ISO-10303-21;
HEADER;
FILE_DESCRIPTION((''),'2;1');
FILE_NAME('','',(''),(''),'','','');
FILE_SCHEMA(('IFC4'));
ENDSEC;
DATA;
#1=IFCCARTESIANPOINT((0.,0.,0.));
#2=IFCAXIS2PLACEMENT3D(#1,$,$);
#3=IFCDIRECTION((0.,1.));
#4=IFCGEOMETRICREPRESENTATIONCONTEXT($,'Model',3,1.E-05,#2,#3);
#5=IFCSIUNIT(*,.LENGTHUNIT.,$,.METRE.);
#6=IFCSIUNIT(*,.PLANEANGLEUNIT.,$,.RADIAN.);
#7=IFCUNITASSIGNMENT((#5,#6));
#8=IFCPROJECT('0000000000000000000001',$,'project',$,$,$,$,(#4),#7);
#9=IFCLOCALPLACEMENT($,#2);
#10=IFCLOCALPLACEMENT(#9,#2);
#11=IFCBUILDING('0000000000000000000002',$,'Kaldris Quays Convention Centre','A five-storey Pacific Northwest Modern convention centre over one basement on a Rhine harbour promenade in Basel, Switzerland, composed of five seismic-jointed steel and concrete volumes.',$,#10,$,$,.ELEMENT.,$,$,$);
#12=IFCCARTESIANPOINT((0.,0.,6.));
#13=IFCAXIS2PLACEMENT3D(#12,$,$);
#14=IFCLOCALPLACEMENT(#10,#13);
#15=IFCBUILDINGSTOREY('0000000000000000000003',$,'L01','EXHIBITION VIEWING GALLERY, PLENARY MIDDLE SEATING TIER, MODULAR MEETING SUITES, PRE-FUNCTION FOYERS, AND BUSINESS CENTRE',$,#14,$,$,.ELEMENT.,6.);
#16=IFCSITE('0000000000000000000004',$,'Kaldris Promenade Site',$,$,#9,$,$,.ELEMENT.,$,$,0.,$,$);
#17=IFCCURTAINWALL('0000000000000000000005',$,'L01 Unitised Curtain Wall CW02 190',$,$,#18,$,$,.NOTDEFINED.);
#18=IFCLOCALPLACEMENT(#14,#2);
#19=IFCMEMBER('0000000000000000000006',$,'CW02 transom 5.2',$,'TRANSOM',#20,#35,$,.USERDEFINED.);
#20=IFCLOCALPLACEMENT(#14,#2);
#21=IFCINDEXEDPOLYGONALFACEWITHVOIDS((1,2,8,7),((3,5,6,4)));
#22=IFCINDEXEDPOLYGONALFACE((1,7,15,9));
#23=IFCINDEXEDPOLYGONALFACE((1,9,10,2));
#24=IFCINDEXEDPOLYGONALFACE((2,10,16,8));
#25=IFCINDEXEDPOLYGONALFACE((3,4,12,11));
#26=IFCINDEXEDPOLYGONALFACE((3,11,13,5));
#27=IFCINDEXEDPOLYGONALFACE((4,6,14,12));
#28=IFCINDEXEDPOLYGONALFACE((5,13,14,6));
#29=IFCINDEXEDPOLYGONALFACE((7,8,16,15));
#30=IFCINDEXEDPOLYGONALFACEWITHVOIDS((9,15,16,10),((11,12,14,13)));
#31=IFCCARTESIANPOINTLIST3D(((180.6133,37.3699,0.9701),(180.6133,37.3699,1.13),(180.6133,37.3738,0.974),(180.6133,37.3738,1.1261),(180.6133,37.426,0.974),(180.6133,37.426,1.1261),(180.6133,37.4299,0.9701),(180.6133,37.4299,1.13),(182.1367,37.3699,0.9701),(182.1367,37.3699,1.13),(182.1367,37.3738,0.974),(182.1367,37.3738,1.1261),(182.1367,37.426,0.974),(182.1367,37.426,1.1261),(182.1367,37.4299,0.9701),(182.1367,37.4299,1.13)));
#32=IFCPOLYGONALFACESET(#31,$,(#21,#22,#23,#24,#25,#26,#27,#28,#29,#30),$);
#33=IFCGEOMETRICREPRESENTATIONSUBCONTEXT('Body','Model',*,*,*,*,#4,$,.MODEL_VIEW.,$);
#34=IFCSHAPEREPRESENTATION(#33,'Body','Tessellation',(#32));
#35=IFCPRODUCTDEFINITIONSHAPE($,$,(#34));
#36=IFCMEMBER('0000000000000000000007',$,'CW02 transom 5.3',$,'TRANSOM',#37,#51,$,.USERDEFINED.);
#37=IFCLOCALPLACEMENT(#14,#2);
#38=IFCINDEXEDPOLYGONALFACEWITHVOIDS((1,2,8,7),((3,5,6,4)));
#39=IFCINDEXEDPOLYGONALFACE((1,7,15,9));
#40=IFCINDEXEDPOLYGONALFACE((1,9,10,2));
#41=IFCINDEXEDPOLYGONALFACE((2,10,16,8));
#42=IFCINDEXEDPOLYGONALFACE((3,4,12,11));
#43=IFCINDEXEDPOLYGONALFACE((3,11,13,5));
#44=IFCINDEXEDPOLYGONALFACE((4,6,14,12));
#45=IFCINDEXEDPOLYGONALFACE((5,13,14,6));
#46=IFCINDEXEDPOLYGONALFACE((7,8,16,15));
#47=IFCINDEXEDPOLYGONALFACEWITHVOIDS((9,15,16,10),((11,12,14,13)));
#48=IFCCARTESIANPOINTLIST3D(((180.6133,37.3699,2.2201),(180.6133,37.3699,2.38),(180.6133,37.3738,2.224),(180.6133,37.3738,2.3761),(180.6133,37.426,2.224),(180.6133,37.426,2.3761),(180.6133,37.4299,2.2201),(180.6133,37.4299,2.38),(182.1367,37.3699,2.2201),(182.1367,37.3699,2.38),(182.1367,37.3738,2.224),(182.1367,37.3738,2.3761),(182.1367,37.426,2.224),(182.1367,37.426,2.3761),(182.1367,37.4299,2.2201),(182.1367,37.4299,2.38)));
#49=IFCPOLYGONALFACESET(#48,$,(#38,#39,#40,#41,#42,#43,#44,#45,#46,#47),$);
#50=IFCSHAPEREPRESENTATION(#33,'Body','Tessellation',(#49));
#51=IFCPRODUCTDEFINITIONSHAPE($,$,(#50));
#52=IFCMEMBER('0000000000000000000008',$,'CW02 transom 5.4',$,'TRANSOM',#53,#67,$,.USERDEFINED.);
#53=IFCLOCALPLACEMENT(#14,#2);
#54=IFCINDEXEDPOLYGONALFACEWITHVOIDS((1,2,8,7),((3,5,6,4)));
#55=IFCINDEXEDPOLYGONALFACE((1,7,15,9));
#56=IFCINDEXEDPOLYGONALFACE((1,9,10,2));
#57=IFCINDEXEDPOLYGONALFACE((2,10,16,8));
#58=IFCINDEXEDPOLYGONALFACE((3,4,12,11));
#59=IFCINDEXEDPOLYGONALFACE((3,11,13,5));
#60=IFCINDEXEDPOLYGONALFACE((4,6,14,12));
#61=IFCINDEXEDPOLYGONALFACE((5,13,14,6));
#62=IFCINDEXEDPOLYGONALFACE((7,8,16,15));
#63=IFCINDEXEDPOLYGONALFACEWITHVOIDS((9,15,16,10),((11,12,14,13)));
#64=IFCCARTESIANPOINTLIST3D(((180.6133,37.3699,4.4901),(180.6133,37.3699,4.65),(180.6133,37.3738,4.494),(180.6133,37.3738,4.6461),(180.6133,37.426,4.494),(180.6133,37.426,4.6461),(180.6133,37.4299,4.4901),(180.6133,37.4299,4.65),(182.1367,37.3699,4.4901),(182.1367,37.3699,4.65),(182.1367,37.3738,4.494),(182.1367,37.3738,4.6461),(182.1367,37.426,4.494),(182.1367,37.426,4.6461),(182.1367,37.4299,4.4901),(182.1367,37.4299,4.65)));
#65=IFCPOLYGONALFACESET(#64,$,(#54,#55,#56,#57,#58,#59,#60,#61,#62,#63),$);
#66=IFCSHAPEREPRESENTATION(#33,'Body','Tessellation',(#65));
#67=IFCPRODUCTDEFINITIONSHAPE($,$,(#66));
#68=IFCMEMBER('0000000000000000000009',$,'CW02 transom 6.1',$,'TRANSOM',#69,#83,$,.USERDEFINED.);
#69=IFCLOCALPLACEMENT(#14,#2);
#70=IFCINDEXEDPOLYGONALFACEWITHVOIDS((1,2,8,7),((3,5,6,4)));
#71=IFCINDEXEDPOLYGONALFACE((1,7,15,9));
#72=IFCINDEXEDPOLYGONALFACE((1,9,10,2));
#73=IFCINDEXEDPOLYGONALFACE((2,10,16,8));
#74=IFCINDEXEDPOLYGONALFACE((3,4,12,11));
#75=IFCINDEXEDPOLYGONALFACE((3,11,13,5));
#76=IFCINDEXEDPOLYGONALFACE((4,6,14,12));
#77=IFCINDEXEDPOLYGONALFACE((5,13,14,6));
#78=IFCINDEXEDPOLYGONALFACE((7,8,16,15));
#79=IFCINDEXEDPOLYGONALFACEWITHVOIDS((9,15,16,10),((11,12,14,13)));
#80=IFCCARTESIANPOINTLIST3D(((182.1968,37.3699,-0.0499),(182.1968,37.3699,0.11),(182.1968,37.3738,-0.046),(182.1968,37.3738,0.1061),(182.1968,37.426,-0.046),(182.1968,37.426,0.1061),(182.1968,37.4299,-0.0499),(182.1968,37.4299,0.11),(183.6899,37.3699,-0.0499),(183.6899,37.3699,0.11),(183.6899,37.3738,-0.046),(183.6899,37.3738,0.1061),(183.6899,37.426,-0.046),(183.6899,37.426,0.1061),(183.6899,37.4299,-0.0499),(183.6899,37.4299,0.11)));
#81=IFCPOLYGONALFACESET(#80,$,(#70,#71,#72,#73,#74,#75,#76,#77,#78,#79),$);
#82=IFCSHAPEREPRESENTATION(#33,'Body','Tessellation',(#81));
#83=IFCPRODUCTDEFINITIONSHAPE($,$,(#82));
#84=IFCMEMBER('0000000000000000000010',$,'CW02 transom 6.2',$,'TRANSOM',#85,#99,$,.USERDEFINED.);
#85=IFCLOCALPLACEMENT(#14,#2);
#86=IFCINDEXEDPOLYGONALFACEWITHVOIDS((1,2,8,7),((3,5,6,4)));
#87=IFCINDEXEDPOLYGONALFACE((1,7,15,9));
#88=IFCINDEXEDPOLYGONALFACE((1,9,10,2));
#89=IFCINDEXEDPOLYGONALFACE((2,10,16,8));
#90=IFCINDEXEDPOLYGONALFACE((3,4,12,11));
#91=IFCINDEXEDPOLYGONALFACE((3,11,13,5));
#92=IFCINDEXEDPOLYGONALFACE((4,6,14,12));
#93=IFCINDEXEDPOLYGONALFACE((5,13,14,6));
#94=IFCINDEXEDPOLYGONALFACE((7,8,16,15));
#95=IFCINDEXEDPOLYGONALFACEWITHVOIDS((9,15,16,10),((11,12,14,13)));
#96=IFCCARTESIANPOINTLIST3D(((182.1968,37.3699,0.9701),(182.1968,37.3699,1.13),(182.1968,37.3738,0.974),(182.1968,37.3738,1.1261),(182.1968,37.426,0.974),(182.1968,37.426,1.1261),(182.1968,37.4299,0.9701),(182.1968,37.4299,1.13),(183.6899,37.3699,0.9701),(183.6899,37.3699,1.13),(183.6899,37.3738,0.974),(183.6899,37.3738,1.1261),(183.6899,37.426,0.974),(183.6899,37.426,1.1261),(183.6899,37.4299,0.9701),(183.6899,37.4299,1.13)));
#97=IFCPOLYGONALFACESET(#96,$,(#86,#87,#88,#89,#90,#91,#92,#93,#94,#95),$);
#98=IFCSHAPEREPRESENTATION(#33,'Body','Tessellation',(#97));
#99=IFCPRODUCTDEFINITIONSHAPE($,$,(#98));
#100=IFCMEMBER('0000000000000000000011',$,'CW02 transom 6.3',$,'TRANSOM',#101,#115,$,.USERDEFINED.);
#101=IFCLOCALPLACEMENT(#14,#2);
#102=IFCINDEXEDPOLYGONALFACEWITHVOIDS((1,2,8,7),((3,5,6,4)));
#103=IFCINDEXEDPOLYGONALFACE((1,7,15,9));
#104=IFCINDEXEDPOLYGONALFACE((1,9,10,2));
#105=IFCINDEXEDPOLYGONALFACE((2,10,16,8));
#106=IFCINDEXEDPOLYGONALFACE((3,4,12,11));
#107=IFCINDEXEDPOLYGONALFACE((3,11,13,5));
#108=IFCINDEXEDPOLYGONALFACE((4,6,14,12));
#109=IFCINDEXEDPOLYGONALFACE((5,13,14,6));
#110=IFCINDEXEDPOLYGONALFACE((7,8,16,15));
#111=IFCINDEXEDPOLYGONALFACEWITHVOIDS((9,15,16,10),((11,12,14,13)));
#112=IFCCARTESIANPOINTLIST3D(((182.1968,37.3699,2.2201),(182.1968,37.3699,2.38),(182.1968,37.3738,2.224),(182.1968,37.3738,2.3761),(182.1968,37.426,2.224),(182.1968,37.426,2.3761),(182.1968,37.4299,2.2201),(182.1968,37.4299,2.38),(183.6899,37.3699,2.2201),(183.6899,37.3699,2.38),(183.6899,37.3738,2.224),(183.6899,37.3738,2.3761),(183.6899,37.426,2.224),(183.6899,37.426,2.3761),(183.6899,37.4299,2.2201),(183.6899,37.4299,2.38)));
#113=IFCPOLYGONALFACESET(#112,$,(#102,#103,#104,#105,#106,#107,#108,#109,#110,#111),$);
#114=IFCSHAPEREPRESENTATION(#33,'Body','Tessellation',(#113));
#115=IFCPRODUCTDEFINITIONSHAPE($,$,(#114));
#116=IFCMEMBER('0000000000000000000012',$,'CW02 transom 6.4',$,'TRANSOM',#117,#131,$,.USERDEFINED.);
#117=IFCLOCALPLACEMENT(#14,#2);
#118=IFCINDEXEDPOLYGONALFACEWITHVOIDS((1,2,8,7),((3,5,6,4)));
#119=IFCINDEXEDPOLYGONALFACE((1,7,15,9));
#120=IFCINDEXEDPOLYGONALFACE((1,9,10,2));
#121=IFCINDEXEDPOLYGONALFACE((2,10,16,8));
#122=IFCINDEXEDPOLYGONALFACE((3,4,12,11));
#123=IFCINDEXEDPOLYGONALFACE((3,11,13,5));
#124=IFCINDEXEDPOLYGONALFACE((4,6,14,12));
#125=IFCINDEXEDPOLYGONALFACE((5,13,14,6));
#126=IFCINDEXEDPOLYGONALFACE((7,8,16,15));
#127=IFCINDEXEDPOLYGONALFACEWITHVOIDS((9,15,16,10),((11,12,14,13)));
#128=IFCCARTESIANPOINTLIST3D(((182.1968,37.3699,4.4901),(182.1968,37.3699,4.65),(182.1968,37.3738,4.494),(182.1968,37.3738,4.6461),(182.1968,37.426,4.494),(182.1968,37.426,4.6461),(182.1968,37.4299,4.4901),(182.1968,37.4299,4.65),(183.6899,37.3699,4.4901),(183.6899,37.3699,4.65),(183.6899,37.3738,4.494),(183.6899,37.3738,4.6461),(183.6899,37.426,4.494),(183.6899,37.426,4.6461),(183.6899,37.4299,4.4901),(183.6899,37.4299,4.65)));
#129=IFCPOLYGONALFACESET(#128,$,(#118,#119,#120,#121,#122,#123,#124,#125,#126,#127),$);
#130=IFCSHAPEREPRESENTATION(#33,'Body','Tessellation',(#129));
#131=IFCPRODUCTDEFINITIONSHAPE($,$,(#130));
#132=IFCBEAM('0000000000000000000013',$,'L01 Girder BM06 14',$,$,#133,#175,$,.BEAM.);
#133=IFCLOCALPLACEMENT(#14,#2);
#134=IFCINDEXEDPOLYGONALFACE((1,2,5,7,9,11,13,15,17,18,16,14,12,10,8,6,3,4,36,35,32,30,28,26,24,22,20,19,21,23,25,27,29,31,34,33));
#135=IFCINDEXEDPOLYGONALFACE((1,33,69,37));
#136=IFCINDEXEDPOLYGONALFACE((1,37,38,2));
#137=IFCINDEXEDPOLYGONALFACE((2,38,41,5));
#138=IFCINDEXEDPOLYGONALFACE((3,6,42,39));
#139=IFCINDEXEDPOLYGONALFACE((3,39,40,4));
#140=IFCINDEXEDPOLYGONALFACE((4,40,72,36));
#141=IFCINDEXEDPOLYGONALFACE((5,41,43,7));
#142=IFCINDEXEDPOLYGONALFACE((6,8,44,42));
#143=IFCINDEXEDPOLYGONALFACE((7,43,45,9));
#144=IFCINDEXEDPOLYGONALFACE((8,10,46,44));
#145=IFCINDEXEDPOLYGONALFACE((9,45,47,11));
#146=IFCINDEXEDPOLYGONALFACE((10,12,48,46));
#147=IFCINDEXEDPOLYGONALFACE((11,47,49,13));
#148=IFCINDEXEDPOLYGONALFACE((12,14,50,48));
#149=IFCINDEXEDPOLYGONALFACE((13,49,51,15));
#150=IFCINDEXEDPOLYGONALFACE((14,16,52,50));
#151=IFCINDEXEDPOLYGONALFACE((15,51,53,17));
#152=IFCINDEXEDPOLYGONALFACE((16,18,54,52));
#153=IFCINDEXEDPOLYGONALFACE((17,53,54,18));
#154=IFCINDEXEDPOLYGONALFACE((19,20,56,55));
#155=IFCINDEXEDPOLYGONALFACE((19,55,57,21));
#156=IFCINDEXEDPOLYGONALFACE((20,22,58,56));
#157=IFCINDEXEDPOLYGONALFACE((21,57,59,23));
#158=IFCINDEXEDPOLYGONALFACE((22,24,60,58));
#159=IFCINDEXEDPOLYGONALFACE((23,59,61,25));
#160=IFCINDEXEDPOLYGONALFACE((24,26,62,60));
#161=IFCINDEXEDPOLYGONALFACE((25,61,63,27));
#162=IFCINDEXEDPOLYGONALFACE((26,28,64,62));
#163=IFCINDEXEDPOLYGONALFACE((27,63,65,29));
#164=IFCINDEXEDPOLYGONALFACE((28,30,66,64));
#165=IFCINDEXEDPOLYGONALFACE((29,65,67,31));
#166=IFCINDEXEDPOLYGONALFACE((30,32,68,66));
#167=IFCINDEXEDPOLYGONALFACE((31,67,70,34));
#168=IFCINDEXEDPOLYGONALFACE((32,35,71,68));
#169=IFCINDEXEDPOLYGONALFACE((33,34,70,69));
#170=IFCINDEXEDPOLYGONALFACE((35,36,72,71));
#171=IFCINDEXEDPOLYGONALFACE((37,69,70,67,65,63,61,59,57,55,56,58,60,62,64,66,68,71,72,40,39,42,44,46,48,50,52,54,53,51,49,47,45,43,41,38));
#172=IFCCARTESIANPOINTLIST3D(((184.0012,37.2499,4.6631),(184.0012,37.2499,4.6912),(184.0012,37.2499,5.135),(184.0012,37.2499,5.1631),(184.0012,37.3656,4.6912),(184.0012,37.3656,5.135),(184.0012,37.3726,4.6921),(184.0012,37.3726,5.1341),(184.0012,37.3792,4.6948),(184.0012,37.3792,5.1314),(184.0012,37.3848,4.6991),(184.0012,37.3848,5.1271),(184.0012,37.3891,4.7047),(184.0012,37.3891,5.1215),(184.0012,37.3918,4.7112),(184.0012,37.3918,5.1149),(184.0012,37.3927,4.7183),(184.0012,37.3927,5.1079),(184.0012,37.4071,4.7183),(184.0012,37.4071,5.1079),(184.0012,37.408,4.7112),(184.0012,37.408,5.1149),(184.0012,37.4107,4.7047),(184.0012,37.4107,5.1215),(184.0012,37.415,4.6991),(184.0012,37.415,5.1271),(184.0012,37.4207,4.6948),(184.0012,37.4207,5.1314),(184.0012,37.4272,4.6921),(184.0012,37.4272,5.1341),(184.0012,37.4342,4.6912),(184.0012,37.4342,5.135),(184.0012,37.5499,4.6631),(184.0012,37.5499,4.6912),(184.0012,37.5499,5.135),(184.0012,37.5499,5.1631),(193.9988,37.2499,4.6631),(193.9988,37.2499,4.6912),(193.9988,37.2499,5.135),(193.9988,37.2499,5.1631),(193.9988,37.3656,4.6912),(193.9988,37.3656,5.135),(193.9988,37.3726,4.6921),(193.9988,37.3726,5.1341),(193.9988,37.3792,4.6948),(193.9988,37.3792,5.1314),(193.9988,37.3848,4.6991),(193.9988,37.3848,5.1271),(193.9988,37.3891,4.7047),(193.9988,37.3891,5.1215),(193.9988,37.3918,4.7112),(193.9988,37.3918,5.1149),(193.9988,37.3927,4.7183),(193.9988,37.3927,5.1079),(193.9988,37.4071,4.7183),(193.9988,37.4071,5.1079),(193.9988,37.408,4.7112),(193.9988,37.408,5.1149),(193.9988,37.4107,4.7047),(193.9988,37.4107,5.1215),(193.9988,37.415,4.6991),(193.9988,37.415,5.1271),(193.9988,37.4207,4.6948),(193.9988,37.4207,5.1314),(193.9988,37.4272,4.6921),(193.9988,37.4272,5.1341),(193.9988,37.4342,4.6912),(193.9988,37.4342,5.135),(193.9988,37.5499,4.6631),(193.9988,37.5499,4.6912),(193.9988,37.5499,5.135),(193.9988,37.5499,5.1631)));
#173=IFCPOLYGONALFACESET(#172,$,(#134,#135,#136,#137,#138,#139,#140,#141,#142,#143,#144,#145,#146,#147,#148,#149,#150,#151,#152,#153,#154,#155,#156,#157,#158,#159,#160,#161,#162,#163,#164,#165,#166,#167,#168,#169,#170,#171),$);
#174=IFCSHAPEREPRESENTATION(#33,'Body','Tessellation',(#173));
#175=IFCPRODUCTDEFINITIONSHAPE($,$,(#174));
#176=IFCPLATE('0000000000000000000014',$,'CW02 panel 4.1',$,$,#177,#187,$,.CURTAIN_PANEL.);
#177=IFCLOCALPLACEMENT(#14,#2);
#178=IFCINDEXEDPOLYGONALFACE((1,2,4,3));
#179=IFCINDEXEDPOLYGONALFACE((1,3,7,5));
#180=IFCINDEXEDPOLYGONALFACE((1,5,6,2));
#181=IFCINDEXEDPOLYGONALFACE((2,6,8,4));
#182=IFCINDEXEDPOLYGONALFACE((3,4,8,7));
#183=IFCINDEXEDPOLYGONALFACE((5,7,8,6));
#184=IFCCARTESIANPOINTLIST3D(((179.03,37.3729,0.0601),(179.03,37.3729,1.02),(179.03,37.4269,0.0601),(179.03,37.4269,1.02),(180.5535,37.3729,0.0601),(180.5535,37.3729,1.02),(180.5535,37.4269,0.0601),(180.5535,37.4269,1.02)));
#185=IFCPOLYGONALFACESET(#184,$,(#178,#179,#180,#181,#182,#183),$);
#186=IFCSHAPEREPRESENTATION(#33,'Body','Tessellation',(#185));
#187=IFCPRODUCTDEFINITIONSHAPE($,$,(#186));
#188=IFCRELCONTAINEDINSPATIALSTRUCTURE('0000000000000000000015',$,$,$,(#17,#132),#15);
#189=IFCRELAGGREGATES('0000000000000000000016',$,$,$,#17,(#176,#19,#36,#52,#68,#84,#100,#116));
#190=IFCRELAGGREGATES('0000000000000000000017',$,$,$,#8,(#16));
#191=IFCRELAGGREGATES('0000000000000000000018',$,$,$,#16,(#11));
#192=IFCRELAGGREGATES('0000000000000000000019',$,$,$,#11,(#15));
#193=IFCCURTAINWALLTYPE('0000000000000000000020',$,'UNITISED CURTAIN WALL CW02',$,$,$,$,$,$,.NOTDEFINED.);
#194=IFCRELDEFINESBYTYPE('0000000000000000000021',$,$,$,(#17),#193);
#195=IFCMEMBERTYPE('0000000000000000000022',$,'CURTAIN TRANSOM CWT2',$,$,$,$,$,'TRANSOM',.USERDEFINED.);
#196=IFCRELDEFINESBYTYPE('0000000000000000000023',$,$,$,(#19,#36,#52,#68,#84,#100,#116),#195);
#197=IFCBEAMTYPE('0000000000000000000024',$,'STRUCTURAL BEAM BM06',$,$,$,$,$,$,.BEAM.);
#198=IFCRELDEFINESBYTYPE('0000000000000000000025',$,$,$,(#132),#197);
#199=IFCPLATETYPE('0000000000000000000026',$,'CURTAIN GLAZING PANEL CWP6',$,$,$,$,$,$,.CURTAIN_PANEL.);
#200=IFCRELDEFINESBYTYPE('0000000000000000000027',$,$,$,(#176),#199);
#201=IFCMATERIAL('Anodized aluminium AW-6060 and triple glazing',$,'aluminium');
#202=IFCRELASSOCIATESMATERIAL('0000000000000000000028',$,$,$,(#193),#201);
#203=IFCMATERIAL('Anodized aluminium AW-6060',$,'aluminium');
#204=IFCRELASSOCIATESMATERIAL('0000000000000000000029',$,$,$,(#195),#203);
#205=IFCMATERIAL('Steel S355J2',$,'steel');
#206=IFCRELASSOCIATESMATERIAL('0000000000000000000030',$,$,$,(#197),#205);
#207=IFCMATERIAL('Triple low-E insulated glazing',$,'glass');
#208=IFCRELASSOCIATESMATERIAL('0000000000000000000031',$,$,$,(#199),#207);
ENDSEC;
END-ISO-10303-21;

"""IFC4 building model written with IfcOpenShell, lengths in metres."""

from ifc_helpers import new_model, si_unit, direction, frame, origin, origin_2d, place, context, subcontext, project, spatial, rectangle, hollow_rectangle, i_section, extrude, material, material_profile, profile_set, type_object, element, aggregate, save


model = new_model("IFC4")

# Units and contexts
model_context = context("Model", 3, precision=1e-05, world=origin(), true_north=direction((0.0, 1.0)))
body_context = subcontext(model_context, "Body", "Model", "MODEL_VIEW")
ifc_project = project(units=[si_unit("LENGTHUNIT", "METRE"), si_unit("PLANEANGLEUNIT", "RADIAN")], contexts=[model_context])

# Site, building, storey
site_placement = place(None, origin())
site = spatial("IfcSite", under=ifc_project, at=site_placement, Name="Kaldris Promenade Site", CompositionType="ELEMENT", RefElevation=0.0)
building_placement = place(site_placement, origin())
building = spatial("IfcBuilding", under=site, at=building_placement, Name="Kaldris Quays Convention Centre", Description="A five-storey Pacific Northwest Modern convention centre over one basement on a Rhine harbour promenade in Basel, Switzerland, composed of five seismic-jointed steel and concrete volumes.", CompositionType="ELEMENT")
storey_placement = place(building_placement, frame((0.0, 0.0, 6.0)))
storey = spatial("IfcBuildingStorey", under=building, at=storey_placement, Name="L01", Description="EXHIBITION VIEWING GALLERY, PLENARY MIDDLE SEATING TIER, MODULAR MEETING SUITES, PRE-FUNCTION FOYERS, AND BUSINESS CENTRE", CompositionType="ELEMENT", Elevation=6.0)

# Shared definitions
ifc_material_1 = material(Name="Steel S355J2", Category="steel")

# Curtain wall
ifc_material_2 = material(Name="Anodized aluminium AW-6060 and triple glazing", Category="aluminium")
curtain_wall_type = type_object("IfcCurtainWallType", Name="UNITISED CURTAIN WALL CW02", PredefinedType="NOTDEFINED", material=ifc_material_2)
curtain_wall_1_placement = place(storey_placement, origin())
curtain_wall_1 = element("IfcCurtainWall", 1, at=curtain_wall_1_placement, inside=storey, type_object=curtain_wall_type, Name="L01 Unitised Curtain Wall CW02 190", PredefinedType="NOTDEFINED")
ifc_material_3 = material(Name="Anodized aluminium AW-6060", Category="aluminium")

# Members
ifc_material_profile_1 = material_profile(ifc_material_3, hollow_rectangle(XDim=0.0601, YDim=0.1599, WallThickness=0.0039, at=origin_2d()), Name="RHS 160x60x4")
ifc_profile_set_1 = profile_set([ifc_material_profile_1], Name="Anodized aluminium AW-6060")
member_type_1 = type_object("IfcMemberType", Name="CURTAIN TRANSOM CWT2", ElementType="TRANSOM", PredefinedType="USERDEFINED", material=ifc_profile_set_1)
member_1_placement = place(storey_placement, frame((180.6133, 37.3999, 1.05), z_axis=(1.0, 0.0, 0.0), x_axis=(0.0, 1.0, 0.0)))
member_1 = element("IfcMember", 2, at=member_1_placement, type_object=member_type_1, Name="CW02 transom 5.2", ObjectType="TRANSOM", PredefinedType="USERDEFINED", context=body_context, shape_type="SweptSolid", body=[
    extrude(hollow_rectangle(XDim=0.0601, YDim=0.1599, WallThickness=0.0039, at=origin_2d()), origin(), (0.0, 0.0, 1.0), 1.5234),
])
member_2_placement = place(storey_placement, frame((180.6133, 37.3999, 2.3), z_axis=(1.0, 0.0, 0.0), x_axis=(0.0, 1.0, 0.0)))
member_2 = element("IfcMember", 3, at=member_2_placement, type_object=member_type_1, Name="CW02 transom 5.3", ObjectType="TRANSOM", PredefinedType="USERDEFINED", context=body_context, shape_type="SweptSolid", body=[
    extrude(hollow_rectangle(XDim=0.0601, YDim=0.1599, WallThickness=0.0039, at=origin_2d()), origin(), (0.0, 0.0, 1.0), 1.5234),
])
member_3_placement = place(storey_placement, frame((180.6133, 37.3999, 4.5701), z_axis=(1.0, 0.0, 0.0), x_axis=(0.0, 1.0, 0.0)))
member_3 = element("IfcMember", 4, at=member_3_placement, type_object=member_type_1, Name="CW02 transom 5.4", ObjectType="TRANSOM", PredefinedType="USERDEFINED", context=body_context, shape_type="SweptSolid", body=[
    extrude(hollow_rectangle(XDim=0.0601, YDim=0.1599, WallThickness=0.0039, at=origin_2d()), origin(), (0.0, 0.0, 1.0), 1.5234),
])
member_4_placement = place(storey_placement, frame((182.1968, 37.3999, 0.03), z_axis=(1.0, 0.0, 0.0), x_axis=(0.0, 1.0, 0.0)))
member_4 = element("IfcMember", 5, at=member_4_placement, type_object=member_type_1, Name="CW02 transom 6.1", ObjectType="TRANSOM", PredefinedType="USERDEFINED", context=body_context, shape_type="SweptSolid", body=[
    extrude(hollow_rectangle(XDim=0.0601, YDim=0.1599, WallThickness=0.0039, at=origin_2d()), origin(), (0.0, 0.0, 1.0), 1.4932),
])
member_5_placement = place(storey_placement, frame((182.1968, 37.3999, 1.05), z_axis=(1.0, 0.0, 0.0), x_axis=(0.0, 1.0, 0.0)))
member_5 = element("IfcMember", 6, at=member_5_placement, type_object=member_type_1, Name="CW02 transom 6.2", ObjectType="TRANSOM", PredefinedType="USERDEFINED", context=body_context, shape_type="SweptSolid", body=[
    extrude(hollow_rectangle(XDim=0.0601, YDim=0.1599, WallThickness=0.0039, at=origin_2d()), origin(), (0.0, 0.0, 1.0), 1.4932),
])
member_6_placement = place(storey_placement, frame((182.1968, 37.3999, 2.3), z_axis=(1.0, 0.0, 0.0), x_axis=(0.0, 1.0, 0.0)))
member_6 = element("IfcMember", 7, at=member_6_placement, type_object=member_type_1, Name="CW02 transom 6.3", ObjectType="TRANSOM", PredefinedType="USERDEFINED", context=body_context, shape_type="SweptSolid", body=[
    extrude(hollow_rectangle(XDim=0.0601, YDim=0.1599, WallThickness=0.0039, at=origin_2d()), origin(), (0.0, 0.0, 1.0), 1.4932),
])
member_7_placement = place(storey_placement, frame((182.1968, 37.3999, 4.5701), z_axis=(1.0, 0.0, 0.0), x_axis=(0.0, 1.0, 0.0)))
member_7 = element("IfcMember", 8, at=member_7_placement, type_object=member_type_1, Name="CW02 transom 6.4", ObjectType="TRANSOM", PredefinedType="USERDEFINED", context=body_context, shape_type="SweptSolid", body=[
    extrude(hollow_rectangle(XDim=0.0601, YDim=0.1599, WallThickness=0.0039, at=origin_2d()), origin(), (0.0, 0.0, 1.0), 1.4932),
])

# Beam
ifc_material_profile_2 = material_profile(ifc_material_1, i_section(OverallWidth=0.3, OverallDepth=0.5, WebThickness=0.0144, FlangeThickness=0.0281, FilletRadius=0.0271, at=origin_2d()), Name="HEB 500")
ifc_profile_set_2 = profile_set([ifc_material_profile_2], Name="Steel S355J2")
beam_type = type_object("IfcBeamType", Name="STRUCTURAL BEAM BM06", PredefinedType="BEAM", material=ifc_profile_set_2)
beam_placement = place(storey_placement, frame((184.0012, 37.3999, 4.9131), z_axis=(1.0, 0.0, 0.0), x_axis=(0.0, 1.0, 0.0)))
element("IfcBeam", 9, at=beam_placement, inside=storey, type_object=beam_type, Name="L01 Girder BM06 14", PredefinedType="BEAM", context=body_context, shape_type="SweptSolid", body=[
    extrude(i_section(OverallWidth=0.3, OverallDepth=0.5, WebThickness=0.0144, FlangeThickness=0.0281, FilletRadius=0.0271, at=origin_2d()), origin(), (0.0, 0.0, 1.0), 9.9976),
])

# Plate
ifc_material_4 = material(Name="Triple low-E insulated glazing", Category="glass")
plate_type = type_object("IfcPlateType", Name="CURTAIN GLAZING PANEL CWP6", PredefinedType="CURTAIN_PANEL", material=ifc_material_4)
plate_1_placement = place(storey_placement, frame((179.7917, 37.3999, 0.0601), z_axis=(0.0, 0.0, 1.0), x_axis=(1.0, 0.0, 0.0)))
plate_1 = element("IfcPlate", 10, at=plate_1_placement, type_object=plate_type, Name="CW02 panel 4.1", PredefinedType="CURTAIN_PANEL", context=body_context, shape_type="SweptSolid", body=[
    extrude(rectangle(XDim=1.5234, YDim=0.054, at=origin_2d()), origin(), (0.0, 0.0, 1.0), 0.96),
])
aggregate(curtain_wall_1, [plate_1, member_1, member_2, member_3, member_4, member_5, member_6, member_7])

save(model, "model.ifc")
